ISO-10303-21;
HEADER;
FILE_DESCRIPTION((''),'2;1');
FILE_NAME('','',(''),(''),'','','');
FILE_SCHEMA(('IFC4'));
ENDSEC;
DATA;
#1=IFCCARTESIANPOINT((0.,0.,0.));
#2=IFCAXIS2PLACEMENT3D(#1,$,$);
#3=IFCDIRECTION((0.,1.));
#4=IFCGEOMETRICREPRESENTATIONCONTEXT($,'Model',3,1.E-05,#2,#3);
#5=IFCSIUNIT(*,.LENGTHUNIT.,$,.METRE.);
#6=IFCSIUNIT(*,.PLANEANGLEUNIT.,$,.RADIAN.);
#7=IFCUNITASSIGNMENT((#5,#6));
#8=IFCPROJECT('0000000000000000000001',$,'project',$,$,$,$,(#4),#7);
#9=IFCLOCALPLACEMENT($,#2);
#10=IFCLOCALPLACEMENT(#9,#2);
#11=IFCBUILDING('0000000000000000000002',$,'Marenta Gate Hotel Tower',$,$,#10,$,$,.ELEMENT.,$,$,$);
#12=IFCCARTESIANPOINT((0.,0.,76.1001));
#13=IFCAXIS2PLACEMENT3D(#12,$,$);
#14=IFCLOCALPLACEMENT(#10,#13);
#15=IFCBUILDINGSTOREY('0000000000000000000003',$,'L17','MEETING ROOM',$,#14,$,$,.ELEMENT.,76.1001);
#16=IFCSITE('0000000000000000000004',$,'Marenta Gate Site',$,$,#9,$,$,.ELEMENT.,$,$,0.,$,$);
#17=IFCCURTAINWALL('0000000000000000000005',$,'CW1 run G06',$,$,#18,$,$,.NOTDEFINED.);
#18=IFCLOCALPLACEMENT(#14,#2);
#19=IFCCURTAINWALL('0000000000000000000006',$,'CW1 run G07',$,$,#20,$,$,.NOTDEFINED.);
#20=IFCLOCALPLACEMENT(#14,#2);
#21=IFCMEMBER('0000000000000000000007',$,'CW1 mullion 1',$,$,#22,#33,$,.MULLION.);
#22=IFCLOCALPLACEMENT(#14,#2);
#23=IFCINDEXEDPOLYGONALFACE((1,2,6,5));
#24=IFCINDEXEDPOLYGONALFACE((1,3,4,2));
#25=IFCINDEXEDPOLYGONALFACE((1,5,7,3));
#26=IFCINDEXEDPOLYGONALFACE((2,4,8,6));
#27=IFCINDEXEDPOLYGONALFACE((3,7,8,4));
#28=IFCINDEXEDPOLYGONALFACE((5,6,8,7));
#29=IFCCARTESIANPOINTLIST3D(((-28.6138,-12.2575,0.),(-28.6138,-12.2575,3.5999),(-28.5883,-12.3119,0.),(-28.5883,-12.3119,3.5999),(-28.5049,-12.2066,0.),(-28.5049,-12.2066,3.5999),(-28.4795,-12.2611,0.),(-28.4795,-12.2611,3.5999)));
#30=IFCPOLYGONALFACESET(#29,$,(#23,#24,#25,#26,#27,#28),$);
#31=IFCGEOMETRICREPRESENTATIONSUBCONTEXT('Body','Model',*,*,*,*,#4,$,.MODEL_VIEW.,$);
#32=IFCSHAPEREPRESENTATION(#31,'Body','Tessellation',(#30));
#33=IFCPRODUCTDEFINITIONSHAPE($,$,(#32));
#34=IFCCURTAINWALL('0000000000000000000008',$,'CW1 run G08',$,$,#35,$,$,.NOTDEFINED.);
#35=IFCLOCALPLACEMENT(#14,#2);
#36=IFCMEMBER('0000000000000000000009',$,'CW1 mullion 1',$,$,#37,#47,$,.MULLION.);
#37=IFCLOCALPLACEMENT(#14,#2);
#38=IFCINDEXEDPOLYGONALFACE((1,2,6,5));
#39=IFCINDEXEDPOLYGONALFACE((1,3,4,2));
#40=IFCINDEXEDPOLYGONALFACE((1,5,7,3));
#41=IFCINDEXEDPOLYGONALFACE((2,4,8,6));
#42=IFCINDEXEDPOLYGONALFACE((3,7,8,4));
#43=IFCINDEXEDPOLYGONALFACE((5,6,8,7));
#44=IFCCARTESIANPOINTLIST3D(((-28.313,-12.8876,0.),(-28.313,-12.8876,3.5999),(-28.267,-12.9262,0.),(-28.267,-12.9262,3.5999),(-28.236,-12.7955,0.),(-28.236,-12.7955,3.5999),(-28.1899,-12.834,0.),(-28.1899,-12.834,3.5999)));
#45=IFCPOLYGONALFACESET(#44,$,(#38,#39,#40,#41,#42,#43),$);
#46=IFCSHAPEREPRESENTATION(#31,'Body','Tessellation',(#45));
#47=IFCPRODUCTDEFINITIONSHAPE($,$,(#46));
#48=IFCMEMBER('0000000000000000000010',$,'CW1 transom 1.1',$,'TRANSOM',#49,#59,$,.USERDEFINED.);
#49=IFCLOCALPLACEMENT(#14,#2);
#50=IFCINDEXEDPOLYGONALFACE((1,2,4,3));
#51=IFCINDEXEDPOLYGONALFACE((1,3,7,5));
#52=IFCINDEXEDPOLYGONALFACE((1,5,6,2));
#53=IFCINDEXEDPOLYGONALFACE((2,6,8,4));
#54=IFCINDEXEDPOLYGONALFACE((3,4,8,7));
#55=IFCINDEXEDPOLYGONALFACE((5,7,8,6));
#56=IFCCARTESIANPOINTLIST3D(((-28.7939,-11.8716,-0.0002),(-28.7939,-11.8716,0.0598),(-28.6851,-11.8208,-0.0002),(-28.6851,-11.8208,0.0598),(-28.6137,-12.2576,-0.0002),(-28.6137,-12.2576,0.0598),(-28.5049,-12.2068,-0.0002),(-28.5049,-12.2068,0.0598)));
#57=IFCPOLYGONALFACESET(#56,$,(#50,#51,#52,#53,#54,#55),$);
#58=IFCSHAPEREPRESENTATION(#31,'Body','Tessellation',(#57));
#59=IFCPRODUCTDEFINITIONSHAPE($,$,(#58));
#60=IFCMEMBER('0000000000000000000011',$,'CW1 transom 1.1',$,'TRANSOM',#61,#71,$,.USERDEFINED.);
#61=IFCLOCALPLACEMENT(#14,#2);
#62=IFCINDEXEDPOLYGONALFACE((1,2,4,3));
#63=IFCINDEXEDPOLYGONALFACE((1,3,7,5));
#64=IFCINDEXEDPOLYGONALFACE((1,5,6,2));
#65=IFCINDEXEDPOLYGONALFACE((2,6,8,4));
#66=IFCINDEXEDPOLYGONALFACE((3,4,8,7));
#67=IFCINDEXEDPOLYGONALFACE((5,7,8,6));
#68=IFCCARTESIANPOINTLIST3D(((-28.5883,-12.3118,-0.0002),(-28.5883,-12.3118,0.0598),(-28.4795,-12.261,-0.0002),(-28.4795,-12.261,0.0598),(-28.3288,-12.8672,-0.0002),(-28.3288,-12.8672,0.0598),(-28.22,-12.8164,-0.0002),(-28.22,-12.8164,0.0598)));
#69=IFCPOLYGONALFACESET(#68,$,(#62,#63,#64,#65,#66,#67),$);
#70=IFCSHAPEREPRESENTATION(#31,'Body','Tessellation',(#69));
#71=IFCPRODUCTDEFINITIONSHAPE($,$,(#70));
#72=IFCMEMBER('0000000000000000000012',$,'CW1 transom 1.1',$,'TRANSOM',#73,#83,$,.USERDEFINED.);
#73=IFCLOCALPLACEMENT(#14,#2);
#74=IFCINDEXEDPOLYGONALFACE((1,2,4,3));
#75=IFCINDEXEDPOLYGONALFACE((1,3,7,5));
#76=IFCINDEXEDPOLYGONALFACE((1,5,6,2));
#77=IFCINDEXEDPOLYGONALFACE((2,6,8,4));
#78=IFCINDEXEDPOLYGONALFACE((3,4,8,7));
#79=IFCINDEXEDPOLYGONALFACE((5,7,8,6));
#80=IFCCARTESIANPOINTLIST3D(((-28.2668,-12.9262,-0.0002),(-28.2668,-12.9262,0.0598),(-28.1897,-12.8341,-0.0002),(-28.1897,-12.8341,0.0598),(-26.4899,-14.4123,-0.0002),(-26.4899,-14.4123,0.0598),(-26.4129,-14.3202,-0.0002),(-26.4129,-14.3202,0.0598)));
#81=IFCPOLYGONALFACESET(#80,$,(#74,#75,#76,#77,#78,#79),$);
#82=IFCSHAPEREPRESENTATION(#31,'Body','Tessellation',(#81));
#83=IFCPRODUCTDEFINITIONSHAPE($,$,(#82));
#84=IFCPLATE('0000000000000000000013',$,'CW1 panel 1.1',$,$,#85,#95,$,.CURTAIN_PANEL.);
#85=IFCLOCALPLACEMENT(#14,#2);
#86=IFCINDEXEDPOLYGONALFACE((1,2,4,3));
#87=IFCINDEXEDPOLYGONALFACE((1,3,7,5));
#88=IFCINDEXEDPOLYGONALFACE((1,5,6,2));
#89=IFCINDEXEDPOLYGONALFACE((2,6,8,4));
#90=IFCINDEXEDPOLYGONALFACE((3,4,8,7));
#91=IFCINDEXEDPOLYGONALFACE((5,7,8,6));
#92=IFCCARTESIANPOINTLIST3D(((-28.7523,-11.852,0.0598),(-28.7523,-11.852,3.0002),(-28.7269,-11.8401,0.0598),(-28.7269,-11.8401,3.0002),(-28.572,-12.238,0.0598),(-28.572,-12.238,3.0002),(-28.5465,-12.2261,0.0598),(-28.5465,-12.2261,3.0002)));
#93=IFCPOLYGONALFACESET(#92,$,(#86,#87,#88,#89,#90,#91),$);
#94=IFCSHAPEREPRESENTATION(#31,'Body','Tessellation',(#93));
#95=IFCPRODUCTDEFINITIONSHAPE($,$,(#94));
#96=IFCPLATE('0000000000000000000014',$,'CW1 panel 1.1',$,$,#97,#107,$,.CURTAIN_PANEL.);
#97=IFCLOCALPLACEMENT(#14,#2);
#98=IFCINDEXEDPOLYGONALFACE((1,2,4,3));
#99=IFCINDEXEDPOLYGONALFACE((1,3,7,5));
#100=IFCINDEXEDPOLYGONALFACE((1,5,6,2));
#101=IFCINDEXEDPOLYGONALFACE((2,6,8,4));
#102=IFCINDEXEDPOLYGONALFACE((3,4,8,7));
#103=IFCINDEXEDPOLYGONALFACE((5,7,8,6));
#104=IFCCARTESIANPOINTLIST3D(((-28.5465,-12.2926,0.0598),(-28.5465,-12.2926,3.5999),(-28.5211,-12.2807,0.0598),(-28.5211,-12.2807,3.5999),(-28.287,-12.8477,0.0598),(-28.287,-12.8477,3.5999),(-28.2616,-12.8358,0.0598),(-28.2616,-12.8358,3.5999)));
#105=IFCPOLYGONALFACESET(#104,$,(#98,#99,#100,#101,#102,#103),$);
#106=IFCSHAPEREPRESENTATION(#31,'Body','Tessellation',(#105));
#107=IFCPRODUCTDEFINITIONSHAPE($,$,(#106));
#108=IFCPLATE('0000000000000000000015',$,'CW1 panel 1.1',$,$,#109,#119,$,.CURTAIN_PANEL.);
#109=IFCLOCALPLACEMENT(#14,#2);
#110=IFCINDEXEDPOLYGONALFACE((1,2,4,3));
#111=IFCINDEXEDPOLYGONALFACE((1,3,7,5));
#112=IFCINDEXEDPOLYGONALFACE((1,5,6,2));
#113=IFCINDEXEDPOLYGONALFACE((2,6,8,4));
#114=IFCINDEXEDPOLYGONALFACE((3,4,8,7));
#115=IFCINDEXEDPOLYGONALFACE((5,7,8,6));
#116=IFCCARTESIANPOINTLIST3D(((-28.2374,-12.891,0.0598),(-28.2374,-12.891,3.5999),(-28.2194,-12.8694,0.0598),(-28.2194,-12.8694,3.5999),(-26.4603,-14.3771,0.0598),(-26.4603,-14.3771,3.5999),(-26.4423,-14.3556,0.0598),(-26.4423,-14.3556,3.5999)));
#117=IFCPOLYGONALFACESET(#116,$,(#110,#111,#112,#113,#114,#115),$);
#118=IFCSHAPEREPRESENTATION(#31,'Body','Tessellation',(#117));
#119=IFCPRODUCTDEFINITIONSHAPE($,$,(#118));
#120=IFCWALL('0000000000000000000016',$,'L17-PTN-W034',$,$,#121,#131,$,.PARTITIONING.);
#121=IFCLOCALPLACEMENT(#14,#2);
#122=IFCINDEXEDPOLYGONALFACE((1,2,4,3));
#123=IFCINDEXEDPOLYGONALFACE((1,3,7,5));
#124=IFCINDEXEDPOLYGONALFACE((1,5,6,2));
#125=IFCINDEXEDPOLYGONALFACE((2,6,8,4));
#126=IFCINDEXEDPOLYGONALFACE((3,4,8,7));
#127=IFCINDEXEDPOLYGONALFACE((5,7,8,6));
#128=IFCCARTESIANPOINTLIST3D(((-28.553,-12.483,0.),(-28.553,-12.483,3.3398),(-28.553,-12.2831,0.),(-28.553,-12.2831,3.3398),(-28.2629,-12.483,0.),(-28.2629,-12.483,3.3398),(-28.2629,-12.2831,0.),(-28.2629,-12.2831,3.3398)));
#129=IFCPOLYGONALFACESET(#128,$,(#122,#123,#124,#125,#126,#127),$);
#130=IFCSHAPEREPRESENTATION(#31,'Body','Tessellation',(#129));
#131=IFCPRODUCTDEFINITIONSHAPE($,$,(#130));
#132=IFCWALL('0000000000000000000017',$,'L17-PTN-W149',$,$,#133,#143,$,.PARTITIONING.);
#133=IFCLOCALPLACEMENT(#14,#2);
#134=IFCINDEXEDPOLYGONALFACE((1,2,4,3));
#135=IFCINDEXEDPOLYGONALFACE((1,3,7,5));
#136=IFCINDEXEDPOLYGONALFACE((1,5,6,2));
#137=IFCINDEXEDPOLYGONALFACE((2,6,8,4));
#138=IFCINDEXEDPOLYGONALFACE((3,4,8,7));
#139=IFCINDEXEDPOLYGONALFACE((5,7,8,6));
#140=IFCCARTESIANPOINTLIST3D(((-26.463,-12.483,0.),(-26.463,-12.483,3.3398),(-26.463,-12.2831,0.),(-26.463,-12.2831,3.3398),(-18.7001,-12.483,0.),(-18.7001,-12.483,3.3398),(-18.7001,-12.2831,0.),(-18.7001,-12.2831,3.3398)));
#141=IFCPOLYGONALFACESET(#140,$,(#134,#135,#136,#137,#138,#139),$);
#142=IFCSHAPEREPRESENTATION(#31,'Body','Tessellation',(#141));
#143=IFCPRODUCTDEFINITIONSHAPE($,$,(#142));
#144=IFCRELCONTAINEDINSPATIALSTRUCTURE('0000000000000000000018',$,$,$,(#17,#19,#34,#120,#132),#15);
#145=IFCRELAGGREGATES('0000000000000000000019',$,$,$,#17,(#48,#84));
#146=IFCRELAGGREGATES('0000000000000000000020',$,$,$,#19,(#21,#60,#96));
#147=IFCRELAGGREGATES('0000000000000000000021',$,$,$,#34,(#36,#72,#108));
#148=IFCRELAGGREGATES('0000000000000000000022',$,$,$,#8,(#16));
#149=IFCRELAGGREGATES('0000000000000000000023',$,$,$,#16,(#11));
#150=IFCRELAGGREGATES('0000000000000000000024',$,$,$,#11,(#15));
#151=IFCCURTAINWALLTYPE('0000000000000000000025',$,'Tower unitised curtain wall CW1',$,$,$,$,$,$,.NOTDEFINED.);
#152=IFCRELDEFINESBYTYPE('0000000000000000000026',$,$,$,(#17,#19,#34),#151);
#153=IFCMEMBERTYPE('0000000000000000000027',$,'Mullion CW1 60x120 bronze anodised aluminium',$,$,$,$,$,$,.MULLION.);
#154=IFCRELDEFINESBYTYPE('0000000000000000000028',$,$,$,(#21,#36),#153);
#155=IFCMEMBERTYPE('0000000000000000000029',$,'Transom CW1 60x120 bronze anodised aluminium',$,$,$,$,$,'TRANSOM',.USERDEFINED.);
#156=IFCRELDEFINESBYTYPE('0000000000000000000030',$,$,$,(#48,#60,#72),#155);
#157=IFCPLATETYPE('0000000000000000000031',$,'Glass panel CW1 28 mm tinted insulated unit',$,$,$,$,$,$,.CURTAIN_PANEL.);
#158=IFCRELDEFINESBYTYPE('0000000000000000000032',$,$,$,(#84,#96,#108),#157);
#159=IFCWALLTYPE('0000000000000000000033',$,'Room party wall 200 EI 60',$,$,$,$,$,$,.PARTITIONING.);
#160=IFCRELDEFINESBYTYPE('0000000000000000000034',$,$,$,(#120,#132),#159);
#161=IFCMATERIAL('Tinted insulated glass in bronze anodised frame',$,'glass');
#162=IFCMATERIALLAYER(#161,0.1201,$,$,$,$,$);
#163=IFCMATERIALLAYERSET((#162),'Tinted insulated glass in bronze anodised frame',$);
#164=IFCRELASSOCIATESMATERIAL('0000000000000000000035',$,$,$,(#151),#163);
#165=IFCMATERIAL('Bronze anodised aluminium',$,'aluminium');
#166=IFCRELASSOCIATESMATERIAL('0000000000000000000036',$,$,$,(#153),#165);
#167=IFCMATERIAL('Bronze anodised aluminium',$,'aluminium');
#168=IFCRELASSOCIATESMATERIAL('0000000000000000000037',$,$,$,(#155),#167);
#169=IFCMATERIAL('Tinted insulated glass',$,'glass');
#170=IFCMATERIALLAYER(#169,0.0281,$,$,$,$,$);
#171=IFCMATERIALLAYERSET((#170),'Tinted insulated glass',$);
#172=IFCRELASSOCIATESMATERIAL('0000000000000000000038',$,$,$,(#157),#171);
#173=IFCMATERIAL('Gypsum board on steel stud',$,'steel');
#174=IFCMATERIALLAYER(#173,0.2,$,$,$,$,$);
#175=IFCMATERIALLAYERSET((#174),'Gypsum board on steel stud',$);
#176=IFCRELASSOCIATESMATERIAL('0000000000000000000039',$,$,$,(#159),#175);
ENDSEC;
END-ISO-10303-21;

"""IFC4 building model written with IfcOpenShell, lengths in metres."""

from ifc_helpers import new_model, si_unit, direction, frame, frame_2d, origin, origin_2d, place, context, subcontext, project, spatial, rectangle, extrude, material, layer, layer_set, material_profile, profile_set, type_object, element, aggregate, save


model = new_model("IFC4")

# Units and contexts
model_context = context("Model", 3, precision=1e-05, world=origin(), true_north=direction((0.0, 1.0)))
body_context = subcontext(model_context, "Body", "Model", "MODEL_VIEW")
ifc_project = project(units=[si_unit("LENGTHUNIT", "METRE"), si_unit("PLANEANGLEUNIT", "RADIAN")], contexts=[model_context])

# Site, building, storey
site_placement = place(None, origin())
site = spatial("IfcSite", under=ifc_project, at=site_placement, Name="Marenta Gate Site", CompositionType="ELEMENT", RefElevation=0.0)
building_placement = place(site_placement, origin())
building = spatial("IfcBuilding", under=site, at=building_placement, Name="Marenta Gate Hotel Tower", CompositionType="ELEMENT")
storey_placement = place(building_placement, frame((0.0, 0.0, 76.1001)))
storey = spatial("IfcBuildingStorey", under=building, at=storey_placement, Name="L17", Description="MEETING ROOM", CompositionType="ELEMENT", Elevation=76.1001)

# Curtain walls, members
ifc_material_1 = material(Name="Tinted insulated glass in bronze anodised frame", Category="glass")
ifc_layer_1 = layer(ifc_material_1, 0.1201)
ifc_layer_set_1 = layer_set([ifc_layer_1], Name="Tinted insulated glass in bronze anodised frame")
curtain_wall_type = type_object("IfcCurtainWallType", Name="Tower unitised curtain wall CW1", PredefinedType="NOTDEFINED", material=ifc_layer_set_1)
curtain_wall_1_placement = place(storey_placement, origin())
curtain_wall_1 = element("IfcCurtainWall", 1, at=curtain_wall_1_placement, inside=storey, type_object=curtain_wall_type, Name="CW1 run G06", PredefinedType="NOTDEFINED")
ifc_material_2 = material(Name="Bronze anodised aluminium", Category="aluminium")
ifc_material_profile_1 = material_profile(ifc_material_2, rectangle(XDim=0.1201, YDim=0.0601, at=origin_2d()), Name="Mullion CW1 60x120 bronze anodised aluminium")
ifc_profile_set_1 = profile_set([ifc_material_profile_1], Name="Bronze anodised aluminium")
member_type_1 = type_object("IfcMemberType", Name="Mullion CW1 60x120 bronze anodised aluminium", PredefinedType="MULLION", material=ifc_profile_set_1)
curtain_wall_2_placement = place(storey_placement, origin())
curtain_wall_2 = element("IfcCurtainWall", 2, at=curtain_wall_2_placement, inside=storey, type_object=curtain_wall_type, Name="CW1 run G07", PredefinedType="NOTDEFINED")
member_1_placement = place(storey_placement, frame((-28.5466, -12.2593, 0.0), z_axis=(0.0, 0.0, 1.0), x_axis=(0.905944, 0.423398, 0.0)))
member_1 = element("IfcMember", 3, at=member_1_placement, type_object=member_type_1, Name="CW1 mullion 1", PredefinedType="MULLION", context=body_context, shape_type="SweptSolid", body=[
    extrude(rectangle(XDim=0.1201, YDim=0.0601, at=origin_2d()), origin(), (0.0, 0.0, 1.0), 3.5999),
])
curtain_wall_3_placement = place(storey_placement, origin())
curtain_wall_3 = element("IfcCurtainWall", 4, at=curtain_wall_3_placement, inside=storey, type_object=curtain_wall_type, Name="CW1 run G08", PredefinedType="NOTDEFINED")
member_2_placement = place(storey_placement, frame((-28.2515, -12.8608, 0.0), z_axis=(0.0, 0.0, 1.0), x_axis=(0.641512, 0.767113, 0.0)))
member_2 = element("IfcMember", 5, at=member_2_placement, type_object=member_type_1, Name="CW1 mullion 1", PredefinedType="MULLION", context=body_context, shape_type="SweptSolid", body=[
    extrude(rectangle(XDim=0.1201, YDim=0.0601, at=origin_2d()), origin(), (0.0, 0.0, 1.0), 3.5999),
])

# Members
ifc_material_3 = material(Name="Bronze anodised aluminium", Category="aluminium")
ifc_material_profile_2 = material_profile(ifc_material_3, rectangle(XDim=0.1201, YDim=0.0601, at=origin_2d()), Name="Transom CW1 60x120 bronze anodised aluminium")
ifc_profile_set_2 = profile_set([ifc_material_profile_2], Name="Bronze anodised aluminium")
member_type_2 = type_object("IfcMemberType", Name="Transom CW1 60x120 bronze anodised aluminium", ElementType="TRANSOM", PredefinedType="USERDEFINED", material=ifc_profile_set_2)
member_3_placement = place(storey_placement, frame((-28.7395, -11.8462, 0.0298), z_axis=(0.42298, -0.906139, 0.0), x_axis=(0.906139, 0.42298, 0.0)))
member_3 = element("IfcMember", 6, at=member_3_placement, type_object=member_type_2, Name="CW1 transom 1.1", ObjectType="TRANSOM", PredefinedType="USERDEFINED", context=body_context, shape_type="SweptSolid", body=[
    extrude(rectangle(XDim=0.1201, YDim=0.0601, at=origin_2d()), origin(), (0.0, 0.0, 1.0), 0.426),
])
member_4_placement = place(storey_placement, frame((-28.5339, -12.2864, 0.0298), z_axis=(0.423321, -0.90598, 0.0), x_axis=(0.90598, 0.423321, 0.0)))
member_4 = element("IfcMember", 7, at=member_4_placement, type_object=member_type_2, Name="CW1 transom 1.1", ObjectType="TRANSOM", PredefinedType="USERDEFINED", context=body_context, shape_type="SweptSolid", body=[
    extrude(rectangle(XDim=0.1201, YDim=0.0601, at=origin_2d()), origin(), (0.0, 0.0, 1.0), 0.613),
])
member_5_placement = place(storey_placement, frame((-28.2283, -12.8801, 0.0298), z_axis=(0.76708, -0.641552, 0.0), x_axis=(0.641552, 0.76708, 0.0)))
member_5 = element("IfcMember", 8, at=member_5_placement, type_object=member_type_2, Name="CW1 transom 1.1", ObjectType="TRANSOM", PredefinedType="USERDEFINED", context=body_context, shape_type="SweptSolid", body=[
    extrude(rectangle(XDim=0.1201, YDim=0.0601, at=origin_2d()), origin(), (0.0, 0.0, 1.0), 2.3164),
])

# Plates
ifc_material_4 = material(Name="Tinted insulated glass", Category="glass")
ifc_layer_2 = layer(ifc_material_4, 0.0281)
ifc_layer_set_2 = layer_set([ifc_layer_2], Name="Tinted insulated glass")
plate_type = type_object("IfcPlateType", Name="Glass panel CW1 28 mm tinted insulated unit", PredefinedType="CURTAIN_PANEL", material=ifc_layer_set_2)
plate_1_placement = place(storey_placement, frame((-28.6494, -12.0391, 0.0598), z_axis=(0.0, 0.0, 1.0), x_axis=(0.423268, -0.906004, 0.0)))
plate_1 = element("IfcPlate", 9, at=plate_1_placement, type_object=plate_type, Name="CW1 panel 1.1", PredefinedType="CURTAIN_PANEL", context=body_context, shape_type="SweptSolid", body=[
    extrude(rectangle(XDim=0.426, YDim=0.0281, at=origin_2d()), origin(), (0.0, 0.0, 1.0), 2.9404),
])
aggregate(curtain_wall_1, [member_3, plate_1])
plate_2_placement = place(storey_placement, frame((-28.4041, -12.5642, 0.0598), z_axis=(0.0, 0.0, 1.0), x_axis=(0.423398, -0.905944, 0.0)))
plate_2 = element("IfcPlate", 10, at=plate_2_placement, type_object=plate_type, Name="CW1 panel 1.1", PredefinedType="CURTAIN_PANEL", context=body_context, shape_type="SweptSolid", body=[
    extrude(rectangle(XDim=0.6128, YDim=0.0281, at=origin_2d()), origin(), (0.0, 0.0, 1.0), 3.54),
])
aggregate(curtain_wall_2, [member_1, member_4, plate_2])
plate_3_placement = place(storey_placement, frame((-27.3398, -13.6233, 0.0598), z_axis=(0.0, 0.0, 1.0), x_axis=(0.767113, -0.641512, 0.0)))
plate_3 = element("IfcPlate", 11, at=plate_3_placement, type_object=plate_type, Name="CW1 panel 1.1", PredefinedType="CURTAIN_PANEL", context=body_context, shape_type="SweptSolid", body=[
    extrude(rectangle(XDim=2.3167, YDim=0.0281, at=origin_2d()), origin(), (0.0, 0.0, 1.0), 3.54),
])
aggregate(curtain_wall_3, [member_2, member_5, plate_3])

# Walls
ifc_material_5 = material(Name="Gypsum board on steel stud", Category="steel")
ifc_layer_3 = layer(ifc_material_5, 0.2)
ifc_layer_set_3 = layer_set([ifc_layer_3], Name="Gypsum board on steel stud")
wall_type = type_object("IfcWallType", Name="Room party wall 200 EI 60", PredefinedType="PARTITIONING", material=ifc_layer_set_3)
wall_1_placement = place(storey_placement, frame((-28.553, -12.3831, 0.0), z_axis=(0.0, 0.0, 1.0), x_axis=(1.0, 0.0, 0.0)))
element("IfcWall", 12, at=wall_1_placement, inside=storey, type_object=wall_type, Name="L17-PTN-W034", PredefinedType="PARTITIONING", context=body_context, shape_type="SweptSolid", body=[
    extrude(rectangle(XDim=0.29, YDim=0.2, at=frame_2d((0.145, 0.0))), origin(), (0.0, 0.0, 1.0), 3.3398),
])
wall_2_placement = place(storey_placement, frame((-26.4629, -12.3831, 0.0), z_axis=(0.0, 0.0, 1.0), x_axis=(1.0, 0.0, 0.0)))
element("IfcWall", 13, at=wall_2_placement, inside=storey, type_object=wall_type, Name="L17-PTN-W149", PredefinedType="PARTITIONING", context=body_context, shape_type="SweptSolid", body=[
    extrude(rectangle(XDim=7.7629, YDim=0.2, at=frame_2d((3.8813, 0.0))), origin(), (0.0, 0.0, 1.0), 3.3398),
])

save(model, "model.ifc")
